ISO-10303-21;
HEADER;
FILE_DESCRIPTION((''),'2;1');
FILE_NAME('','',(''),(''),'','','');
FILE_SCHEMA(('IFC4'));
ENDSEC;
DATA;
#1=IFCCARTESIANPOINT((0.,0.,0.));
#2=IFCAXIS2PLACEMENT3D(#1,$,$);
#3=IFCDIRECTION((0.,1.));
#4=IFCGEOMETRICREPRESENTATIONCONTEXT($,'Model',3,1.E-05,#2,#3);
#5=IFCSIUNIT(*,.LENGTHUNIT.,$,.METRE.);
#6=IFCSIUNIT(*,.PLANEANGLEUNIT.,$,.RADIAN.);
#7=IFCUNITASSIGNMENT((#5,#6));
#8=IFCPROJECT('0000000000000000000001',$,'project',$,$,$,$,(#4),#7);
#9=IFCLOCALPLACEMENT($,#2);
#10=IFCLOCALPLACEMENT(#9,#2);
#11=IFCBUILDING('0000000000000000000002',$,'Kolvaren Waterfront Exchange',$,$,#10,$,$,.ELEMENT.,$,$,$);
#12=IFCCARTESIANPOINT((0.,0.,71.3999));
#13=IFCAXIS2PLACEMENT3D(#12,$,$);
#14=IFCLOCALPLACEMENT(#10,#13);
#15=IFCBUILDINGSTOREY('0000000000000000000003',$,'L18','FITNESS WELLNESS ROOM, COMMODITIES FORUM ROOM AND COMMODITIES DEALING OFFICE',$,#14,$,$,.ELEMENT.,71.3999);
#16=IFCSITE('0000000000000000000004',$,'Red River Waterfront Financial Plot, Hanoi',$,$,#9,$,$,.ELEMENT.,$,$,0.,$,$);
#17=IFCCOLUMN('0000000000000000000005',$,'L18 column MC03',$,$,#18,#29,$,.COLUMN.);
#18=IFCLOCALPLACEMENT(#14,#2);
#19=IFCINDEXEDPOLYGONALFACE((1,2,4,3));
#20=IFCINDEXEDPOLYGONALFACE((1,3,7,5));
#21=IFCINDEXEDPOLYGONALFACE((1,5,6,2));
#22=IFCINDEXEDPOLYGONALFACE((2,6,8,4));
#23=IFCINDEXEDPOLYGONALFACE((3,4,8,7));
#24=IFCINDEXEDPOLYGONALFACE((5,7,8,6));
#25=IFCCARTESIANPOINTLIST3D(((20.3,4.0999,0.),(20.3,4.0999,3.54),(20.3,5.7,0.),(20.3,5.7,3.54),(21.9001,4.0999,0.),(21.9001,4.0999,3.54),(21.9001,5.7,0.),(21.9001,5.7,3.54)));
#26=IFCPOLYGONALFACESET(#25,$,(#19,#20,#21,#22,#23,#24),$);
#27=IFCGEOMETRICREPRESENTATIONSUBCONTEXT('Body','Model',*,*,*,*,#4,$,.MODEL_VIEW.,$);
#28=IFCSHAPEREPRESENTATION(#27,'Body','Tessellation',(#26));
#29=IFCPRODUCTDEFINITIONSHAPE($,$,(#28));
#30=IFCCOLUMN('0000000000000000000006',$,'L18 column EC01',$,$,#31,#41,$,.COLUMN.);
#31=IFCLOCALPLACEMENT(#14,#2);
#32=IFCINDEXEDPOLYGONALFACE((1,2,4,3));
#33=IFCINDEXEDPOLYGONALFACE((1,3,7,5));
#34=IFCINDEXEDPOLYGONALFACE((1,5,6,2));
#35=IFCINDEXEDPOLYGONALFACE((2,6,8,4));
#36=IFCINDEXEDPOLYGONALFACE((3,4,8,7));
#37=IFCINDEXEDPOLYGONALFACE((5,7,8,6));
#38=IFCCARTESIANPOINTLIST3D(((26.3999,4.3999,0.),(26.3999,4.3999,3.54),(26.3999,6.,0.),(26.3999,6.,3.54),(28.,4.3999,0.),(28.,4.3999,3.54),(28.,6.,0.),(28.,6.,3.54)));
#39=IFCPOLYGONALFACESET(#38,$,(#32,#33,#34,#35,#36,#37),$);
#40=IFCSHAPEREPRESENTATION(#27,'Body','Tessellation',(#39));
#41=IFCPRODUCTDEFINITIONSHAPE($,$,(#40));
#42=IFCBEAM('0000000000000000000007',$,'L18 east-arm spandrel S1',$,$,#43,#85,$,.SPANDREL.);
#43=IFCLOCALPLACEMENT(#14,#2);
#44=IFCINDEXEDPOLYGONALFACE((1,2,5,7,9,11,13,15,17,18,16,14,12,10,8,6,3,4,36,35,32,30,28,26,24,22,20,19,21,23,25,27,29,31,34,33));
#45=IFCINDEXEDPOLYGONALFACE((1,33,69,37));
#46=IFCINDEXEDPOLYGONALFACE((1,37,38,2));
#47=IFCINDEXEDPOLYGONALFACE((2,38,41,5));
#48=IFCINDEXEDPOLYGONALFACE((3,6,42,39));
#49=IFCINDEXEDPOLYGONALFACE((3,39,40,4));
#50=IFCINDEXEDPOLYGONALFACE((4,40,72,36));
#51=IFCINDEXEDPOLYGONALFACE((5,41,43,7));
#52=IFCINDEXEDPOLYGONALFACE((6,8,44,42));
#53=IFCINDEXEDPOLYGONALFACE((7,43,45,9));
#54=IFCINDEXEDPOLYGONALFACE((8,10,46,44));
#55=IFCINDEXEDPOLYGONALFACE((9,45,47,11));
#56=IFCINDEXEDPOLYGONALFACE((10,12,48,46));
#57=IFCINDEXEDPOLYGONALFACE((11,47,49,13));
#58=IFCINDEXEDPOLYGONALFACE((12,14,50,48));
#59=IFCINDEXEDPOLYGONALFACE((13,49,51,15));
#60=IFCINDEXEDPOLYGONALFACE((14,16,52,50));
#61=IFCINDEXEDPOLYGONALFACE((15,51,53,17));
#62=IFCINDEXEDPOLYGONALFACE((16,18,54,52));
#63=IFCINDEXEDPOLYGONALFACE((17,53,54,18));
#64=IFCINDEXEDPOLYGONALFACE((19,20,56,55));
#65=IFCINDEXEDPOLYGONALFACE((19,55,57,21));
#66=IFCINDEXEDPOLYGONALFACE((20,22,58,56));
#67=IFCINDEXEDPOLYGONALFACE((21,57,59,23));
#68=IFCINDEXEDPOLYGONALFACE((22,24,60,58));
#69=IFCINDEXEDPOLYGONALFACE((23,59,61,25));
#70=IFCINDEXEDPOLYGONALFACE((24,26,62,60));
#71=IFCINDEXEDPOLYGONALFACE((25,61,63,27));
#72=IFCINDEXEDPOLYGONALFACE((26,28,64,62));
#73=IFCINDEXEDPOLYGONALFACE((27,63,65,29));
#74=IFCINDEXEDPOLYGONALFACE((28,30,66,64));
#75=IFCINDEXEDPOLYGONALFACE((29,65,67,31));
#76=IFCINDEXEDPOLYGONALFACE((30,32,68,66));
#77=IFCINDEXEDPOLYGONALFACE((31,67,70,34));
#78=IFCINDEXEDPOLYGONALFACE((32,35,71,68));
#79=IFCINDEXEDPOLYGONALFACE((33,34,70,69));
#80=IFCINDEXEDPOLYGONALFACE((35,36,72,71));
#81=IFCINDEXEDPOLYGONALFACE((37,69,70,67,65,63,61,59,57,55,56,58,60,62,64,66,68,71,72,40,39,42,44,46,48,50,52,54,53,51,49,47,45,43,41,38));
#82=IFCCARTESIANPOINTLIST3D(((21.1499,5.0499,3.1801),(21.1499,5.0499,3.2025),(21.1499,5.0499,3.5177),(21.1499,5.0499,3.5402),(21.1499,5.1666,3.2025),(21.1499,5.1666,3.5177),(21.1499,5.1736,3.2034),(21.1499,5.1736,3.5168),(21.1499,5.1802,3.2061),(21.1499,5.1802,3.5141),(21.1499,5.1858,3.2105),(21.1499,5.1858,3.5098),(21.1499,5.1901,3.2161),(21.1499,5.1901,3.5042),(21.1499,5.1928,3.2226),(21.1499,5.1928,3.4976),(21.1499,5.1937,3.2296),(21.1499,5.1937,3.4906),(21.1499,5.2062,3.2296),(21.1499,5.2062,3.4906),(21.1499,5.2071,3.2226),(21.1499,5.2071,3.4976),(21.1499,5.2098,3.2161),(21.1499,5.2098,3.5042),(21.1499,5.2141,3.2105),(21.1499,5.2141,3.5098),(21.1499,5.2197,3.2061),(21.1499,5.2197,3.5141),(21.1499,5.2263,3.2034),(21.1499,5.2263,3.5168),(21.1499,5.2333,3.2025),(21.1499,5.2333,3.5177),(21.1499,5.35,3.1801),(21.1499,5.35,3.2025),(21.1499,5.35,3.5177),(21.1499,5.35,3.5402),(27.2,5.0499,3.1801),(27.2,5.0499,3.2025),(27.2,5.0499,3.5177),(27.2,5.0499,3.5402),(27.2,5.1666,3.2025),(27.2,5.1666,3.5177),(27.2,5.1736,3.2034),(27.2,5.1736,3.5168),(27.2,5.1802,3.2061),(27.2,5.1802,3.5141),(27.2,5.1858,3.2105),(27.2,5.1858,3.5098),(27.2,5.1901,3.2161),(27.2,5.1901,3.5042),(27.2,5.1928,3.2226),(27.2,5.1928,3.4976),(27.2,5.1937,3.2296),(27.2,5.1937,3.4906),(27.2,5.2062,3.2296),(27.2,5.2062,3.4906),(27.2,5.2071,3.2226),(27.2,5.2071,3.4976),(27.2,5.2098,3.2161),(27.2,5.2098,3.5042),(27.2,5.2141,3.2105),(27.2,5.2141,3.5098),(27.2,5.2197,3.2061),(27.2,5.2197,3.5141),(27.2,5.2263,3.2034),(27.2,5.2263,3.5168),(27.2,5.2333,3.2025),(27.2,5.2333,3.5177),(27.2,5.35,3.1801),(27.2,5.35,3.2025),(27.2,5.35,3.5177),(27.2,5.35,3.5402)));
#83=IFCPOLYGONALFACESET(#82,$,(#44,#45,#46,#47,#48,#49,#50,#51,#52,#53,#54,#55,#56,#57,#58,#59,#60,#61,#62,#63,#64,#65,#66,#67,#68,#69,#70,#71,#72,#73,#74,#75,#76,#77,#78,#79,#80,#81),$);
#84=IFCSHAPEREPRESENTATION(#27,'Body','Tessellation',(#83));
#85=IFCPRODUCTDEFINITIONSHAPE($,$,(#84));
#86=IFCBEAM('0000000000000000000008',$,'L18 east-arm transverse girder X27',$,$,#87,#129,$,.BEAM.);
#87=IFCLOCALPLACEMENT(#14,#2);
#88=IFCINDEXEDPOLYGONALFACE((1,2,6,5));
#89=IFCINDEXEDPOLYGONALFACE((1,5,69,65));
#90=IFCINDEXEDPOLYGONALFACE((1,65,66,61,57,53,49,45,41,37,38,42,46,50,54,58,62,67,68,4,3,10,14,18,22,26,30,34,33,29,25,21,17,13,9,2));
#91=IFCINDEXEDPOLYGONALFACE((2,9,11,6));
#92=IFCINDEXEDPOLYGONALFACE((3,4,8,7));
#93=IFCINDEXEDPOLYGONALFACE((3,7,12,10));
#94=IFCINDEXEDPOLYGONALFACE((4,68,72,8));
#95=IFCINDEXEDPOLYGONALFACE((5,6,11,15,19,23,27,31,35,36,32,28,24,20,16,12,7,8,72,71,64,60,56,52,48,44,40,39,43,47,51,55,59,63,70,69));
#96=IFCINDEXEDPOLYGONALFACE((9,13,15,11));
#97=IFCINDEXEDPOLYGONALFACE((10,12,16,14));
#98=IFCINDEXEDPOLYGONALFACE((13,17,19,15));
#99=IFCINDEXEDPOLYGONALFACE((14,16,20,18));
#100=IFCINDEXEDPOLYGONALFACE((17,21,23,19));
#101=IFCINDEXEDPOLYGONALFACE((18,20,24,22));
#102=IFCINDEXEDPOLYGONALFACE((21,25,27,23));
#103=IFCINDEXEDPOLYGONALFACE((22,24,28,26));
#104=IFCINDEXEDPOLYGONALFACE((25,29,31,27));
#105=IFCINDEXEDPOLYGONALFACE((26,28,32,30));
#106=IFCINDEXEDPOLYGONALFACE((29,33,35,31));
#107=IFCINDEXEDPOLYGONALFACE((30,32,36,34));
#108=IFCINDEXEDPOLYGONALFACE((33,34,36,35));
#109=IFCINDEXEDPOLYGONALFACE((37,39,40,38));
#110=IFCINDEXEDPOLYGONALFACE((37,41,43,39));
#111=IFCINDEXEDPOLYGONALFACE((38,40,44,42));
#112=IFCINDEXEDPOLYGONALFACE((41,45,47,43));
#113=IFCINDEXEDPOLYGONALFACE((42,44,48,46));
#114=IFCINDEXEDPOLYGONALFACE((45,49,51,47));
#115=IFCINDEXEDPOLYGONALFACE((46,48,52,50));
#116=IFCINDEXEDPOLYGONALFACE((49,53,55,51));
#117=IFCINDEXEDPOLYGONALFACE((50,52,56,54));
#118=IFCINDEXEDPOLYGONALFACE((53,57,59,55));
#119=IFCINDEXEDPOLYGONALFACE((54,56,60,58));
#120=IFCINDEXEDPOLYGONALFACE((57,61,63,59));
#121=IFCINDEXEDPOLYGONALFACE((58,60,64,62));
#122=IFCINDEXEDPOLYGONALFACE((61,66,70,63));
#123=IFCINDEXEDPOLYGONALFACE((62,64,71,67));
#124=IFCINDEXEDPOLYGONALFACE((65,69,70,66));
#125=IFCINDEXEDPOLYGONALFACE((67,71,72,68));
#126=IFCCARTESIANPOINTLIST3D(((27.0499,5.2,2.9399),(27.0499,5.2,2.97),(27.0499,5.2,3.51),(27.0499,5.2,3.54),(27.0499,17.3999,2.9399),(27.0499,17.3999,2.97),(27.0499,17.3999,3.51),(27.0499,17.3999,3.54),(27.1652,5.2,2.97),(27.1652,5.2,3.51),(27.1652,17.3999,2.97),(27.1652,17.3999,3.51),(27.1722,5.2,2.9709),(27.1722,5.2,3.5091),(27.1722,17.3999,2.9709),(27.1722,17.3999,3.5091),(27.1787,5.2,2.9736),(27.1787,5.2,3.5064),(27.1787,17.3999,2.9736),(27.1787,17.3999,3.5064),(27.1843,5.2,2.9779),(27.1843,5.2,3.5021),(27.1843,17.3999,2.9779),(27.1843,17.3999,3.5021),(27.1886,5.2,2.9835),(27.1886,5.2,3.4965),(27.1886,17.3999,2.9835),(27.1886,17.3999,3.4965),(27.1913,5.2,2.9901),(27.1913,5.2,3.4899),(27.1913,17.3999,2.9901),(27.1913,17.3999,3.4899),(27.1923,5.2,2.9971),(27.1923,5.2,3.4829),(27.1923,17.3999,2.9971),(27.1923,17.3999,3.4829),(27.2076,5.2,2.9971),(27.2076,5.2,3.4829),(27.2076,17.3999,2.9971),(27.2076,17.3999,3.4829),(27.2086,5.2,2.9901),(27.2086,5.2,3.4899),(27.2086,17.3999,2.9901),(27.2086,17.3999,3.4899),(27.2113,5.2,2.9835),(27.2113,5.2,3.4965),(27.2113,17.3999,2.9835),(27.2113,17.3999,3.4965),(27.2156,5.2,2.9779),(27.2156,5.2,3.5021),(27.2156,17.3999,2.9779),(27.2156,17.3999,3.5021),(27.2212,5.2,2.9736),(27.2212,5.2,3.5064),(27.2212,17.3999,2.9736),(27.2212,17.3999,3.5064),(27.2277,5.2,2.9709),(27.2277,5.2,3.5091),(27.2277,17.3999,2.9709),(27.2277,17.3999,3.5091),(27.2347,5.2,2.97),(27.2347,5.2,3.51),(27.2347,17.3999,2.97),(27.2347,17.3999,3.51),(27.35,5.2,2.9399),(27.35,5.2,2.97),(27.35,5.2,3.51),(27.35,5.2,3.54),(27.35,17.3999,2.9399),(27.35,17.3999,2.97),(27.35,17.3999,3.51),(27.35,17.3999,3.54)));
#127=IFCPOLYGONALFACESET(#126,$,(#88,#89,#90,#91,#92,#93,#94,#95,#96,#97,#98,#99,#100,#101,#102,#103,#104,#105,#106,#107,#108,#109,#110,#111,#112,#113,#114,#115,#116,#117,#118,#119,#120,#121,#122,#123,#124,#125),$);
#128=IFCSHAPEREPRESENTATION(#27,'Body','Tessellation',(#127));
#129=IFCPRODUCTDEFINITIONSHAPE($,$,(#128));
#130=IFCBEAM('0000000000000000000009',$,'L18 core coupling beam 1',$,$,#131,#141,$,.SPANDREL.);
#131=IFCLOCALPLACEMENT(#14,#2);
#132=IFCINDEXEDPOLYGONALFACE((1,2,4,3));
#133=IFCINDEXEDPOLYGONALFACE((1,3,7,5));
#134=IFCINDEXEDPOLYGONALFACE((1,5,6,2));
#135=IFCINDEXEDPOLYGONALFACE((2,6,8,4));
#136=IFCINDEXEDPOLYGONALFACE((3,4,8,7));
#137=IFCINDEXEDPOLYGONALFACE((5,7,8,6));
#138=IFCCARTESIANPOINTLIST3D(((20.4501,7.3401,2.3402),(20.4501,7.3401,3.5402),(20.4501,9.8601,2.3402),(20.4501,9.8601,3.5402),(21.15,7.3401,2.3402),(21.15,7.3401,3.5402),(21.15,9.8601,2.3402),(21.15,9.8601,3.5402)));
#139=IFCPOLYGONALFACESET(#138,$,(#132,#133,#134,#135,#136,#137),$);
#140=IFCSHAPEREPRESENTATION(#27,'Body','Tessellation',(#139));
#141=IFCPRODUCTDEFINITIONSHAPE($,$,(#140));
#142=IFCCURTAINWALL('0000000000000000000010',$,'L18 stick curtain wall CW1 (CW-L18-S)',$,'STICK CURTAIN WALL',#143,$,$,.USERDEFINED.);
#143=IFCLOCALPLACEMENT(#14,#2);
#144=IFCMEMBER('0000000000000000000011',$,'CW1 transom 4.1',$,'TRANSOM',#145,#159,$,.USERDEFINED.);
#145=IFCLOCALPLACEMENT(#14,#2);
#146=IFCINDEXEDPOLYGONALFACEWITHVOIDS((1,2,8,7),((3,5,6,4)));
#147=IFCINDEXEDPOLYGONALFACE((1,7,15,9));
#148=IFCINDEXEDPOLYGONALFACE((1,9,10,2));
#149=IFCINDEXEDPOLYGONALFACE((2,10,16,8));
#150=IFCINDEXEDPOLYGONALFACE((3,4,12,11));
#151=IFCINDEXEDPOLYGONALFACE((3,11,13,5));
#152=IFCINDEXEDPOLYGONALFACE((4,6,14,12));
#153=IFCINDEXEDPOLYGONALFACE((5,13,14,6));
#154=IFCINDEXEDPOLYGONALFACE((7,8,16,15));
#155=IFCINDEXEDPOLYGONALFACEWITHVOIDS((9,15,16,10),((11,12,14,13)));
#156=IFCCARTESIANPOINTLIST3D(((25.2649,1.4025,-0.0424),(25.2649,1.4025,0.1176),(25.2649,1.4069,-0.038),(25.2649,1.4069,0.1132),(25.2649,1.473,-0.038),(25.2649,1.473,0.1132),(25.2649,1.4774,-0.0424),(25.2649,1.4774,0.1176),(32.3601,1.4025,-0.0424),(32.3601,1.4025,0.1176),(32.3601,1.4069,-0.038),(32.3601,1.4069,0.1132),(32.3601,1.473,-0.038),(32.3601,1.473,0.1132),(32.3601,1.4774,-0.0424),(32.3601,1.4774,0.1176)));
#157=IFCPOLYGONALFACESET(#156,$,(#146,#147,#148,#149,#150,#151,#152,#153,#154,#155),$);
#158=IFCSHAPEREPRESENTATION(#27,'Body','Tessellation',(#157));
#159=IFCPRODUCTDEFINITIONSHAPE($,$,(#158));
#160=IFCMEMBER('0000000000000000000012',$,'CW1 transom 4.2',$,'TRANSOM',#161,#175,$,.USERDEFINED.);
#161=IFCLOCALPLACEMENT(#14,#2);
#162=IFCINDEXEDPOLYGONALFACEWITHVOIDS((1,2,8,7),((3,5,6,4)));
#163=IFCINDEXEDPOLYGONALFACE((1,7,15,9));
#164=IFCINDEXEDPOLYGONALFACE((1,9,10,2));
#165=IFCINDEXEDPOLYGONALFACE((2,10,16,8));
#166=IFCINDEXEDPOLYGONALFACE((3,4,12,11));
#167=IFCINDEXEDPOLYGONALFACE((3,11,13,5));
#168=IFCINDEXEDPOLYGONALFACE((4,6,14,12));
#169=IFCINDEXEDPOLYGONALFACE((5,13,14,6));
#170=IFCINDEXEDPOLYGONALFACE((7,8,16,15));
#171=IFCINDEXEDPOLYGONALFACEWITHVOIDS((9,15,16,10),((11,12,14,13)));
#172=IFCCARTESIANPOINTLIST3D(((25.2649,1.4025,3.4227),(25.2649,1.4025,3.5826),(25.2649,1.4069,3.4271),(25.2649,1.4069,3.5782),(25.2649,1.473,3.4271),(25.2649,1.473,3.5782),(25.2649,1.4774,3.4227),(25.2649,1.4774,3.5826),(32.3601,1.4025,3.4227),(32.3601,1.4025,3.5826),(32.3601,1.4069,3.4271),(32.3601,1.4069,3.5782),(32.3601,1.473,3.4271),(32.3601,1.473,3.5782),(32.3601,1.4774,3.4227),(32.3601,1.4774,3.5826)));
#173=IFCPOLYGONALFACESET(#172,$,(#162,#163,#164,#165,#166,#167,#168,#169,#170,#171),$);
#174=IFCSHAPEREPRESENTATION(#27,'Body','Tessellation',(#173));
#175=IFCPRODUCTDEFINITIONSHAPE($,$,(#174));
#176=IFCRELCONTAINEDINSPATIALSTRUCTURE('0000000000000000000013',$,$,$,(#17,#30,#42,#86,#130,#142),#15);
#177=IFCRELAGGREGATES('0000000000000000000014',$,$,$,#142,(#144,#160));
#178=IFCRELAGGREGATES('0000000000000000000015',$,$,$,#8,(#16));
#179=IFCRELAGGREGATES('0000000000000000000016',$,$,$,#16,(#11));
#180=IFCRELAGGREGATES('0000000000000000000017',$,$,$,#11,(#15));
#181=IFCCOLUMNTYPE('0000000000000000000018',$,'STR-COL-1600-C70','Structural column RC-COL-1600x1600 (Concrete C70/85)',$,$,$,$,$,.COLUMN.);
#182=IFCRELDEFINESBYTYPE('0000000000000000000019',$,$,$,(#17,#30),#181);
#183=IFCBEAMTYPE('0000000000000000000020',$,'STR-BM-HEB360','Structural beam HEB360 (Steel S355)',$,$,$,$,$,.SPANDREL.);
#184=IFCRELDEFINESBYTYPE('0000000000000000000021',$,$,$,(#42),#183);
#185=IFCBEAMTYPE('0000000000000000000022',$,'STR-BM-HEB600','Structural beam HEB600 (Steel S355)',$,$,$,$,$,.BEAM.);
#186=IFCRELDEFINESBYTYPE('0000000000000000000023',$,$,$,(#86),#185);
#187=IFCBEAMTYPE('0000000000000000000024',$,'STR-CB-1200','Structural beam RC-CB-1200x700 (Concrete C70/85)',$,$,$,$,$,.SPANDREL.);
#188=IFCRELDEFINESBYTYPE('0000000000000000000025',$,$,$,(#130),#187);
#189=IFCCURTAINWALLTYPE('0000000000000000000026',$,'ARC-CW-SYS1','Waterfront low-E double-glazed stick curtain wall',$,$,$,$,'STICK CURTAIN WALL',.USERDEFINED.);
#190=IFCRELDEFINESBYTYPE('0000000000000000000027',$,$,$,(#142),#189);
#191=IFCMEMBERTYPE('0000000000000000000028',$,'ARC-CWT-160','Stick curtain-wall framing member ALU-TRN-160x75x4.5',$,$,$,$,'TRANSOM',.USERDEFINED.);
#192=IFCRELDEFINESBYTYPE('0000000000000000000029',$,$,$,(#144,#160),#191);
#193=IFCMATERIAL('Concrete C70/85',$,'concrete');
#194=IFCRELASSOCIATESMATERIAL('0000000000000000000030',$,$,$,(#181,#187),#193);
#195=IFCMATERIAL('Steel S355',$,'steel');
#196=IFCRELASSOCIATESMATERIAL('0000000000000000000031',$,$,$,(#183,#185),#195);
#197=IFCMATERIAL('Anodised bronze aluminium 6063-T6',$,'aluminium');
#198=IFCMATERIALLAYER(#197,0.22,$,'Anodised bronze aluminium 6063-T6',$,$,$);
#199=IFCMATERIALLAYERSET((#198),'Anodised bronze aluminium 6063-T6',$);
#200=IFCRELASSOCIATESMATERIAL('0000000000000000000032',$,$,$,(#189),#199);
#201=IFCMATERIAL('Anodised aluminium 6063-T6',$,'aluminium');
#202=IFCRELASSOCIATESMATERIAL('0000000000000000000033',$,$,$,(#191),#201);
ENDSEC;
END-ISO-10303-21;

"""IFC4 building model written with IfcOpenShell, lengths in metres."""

from ifc_helpers import new_model, si_unit, direction, frame, origin, origin_with_axes, origin_2d, place, context, subcontext, project, spatial, rectangle, hollow_rectangle, i_section, extrude, source, transform, mapped, material, layer, layer_set, material_profile, profile_set, type_object, element, aggregate, save


model = new_model("IFC4")

# Units and contexts
model_context = context("Model", 3, precision=1e-05, world=origin(), true_north=direction((0.0, 1.0)))
body_context = subcontext(model_context, "Body", "Model", "MODEL_VIEW")
ifc_project = project(units=[si_unit("LENGTHUNIT", "METRE"), si_unit("PLANEANGLEUNIT", "RADIAN")], contexts=[model_context])

# Site, building, storey
site_placement = place(None, origin())
site = spatial("IfcSite", under=ifc_project, at=site_placement, Name="Red River Waterfront Financial Plot, Hanoi", CompositionType="ELEMENT", RefElevation=0.0)
building_placement = place(site_placement, origin())
building = spatial("IfcBuilding", under=site, at=building_placement, Name="Kolvaren Waterfront Exchange", CompositionType="ELEMENT")
storey_placement = place(building_placement, frame((0.0, 0.0, 71.3999)))
storey = spatial("IfcBuildingStorey", under=building, at=storey_placement, Name="L18", Description="FITNESS WELLNESS ROOM, COMMODITIES FORUM ROOM AND COMMODITIES DEALING OFFICE", CompositionType="ELEMENT", Elevation=71.3999)

# Columns
ifc_material_1 = material(Name="Concrete C70/85", Category="concrete")
ifc_material_profile_1 = material_profile(ifc_material_1, rectangle(XDim=1.6001, YDim=1.6001, at=origin_2d()), Name="RC-COL-1600x1600")
ifc_profile_set_1 = profile_set([ifc_material_profile_1], Name="Concrete C70/85")
column_type = type_object("IfcColumnType", Name="STR-COL-1600-C70", Description="Structural column RC-COL-1600x1600 (Concrete C70/85)", PredefinedType="COLUMN", material=ifc_profile_set_1)
for number, where, z_axis, x_axis, name in (
    (1, (21.1001, 4.8999, 0.0), (0.0, 0.0, 1.0), (1.0, 0.0, 0.0), "L18 column MC03"),
    (2, (27.2, 5.2, 0.0), (0.0, 0.0, 1.0), (1.0, 0.0, 0.0), "L18 column EC01"),
):
    element("IfcColumn", number, at=place(storey_placement, frame(where, z_axis=z_axis, x_axis=x_axis)), inside=storey, type_object=column_type, Name=name, PredefinedType="COLUMN", context=body_context, shape_type="SweptSolid", body=[
        extrude(rectangle(XDim=1.6001, YDim=1.6001, at=origin_2d()), origin(), (0.0, 0.0, 1.0), 3.54),
    ])

# Beams
ifc_material_2 = material(Name="Steel S355", Category="steel")
ifc_material_profile_2 = material_profile(ifc_material_2, i_section(OverallWidth=0.3, OverallDepth=0.3601, WebThickness=0.0125, FlangeThickness=0.0225, FilletRadius=0.0271, at=origin_2d()), Name="HEB360")
ifc_profile_set_2 = profile_set([ifc_material_profile_2], Name="Steel S355")
beam_type_1 = type_object("IfcBeamType", Name="STR-BM-HEB360", Description="Structural beam HEB360 (Steel S355)", PredefinedType="SPANDREL", material=ifc_profile_set_2)
beam_1_placement = place(storey_placement, frame((21.1499, 5.2, 3.3601), z_axis=(1.0, 0.0, 0.0), x_axis=(0.0, 1.0, 0.0)))
element("IfcBeam", 3, at=beam_1_placement, inside=storey, type_object=beam_type_1, Name="L18 east-arm spandrel S1", PredefinedType="SPANDREL", context=body_context, shape_type="SweptSolid", body=[
    extrude(i_section(OverallWidth=0.3, OverallDepth=0.3601, WebThickness=0.0125, FlangeThickness=0.0225, FilletRadius=0.0271, at=origin_2d()), origin(), (0.0, 0.0, 1.0), 6.05),
])
ifc_material_profile_3 = material_profile(ifc_material_2, i_section(OverallWidth=0.3, OverallDepth=0.6001, WebThickness=0.0154, FlangeThickness=0.03, FilletRadius=0.0271, at=origin_2d()), Name="HEB600")
ifc_profile_set_3 = profile_set([ifc_material_profile_3], Name="Steel S355")
beam_type_2 = type_object("IfcBeamType", Name="STR-BM-HEB600", Description="Structural beam HEB600 (Steel S355)", PredefinedType="BEAM", material=ifc_profile_set_3)
beam_2_placement = place(storey_placement, frame((27.2, 5.2, 3.24), z_axis=(0.0, 1.0, 0.0), x_axis=(-1.0, 0.0, 0.0)))
element("IfcBeam", 4, at=beam_2_placement, inside=storey, type_object=beam_type_2, Name="L18 east-arm transverse girder X27", PredefinedType="BEAM", context=body_context, shape_type="SweptSolid", body=[
    extrude(i_section(OverallWidth=0.3, OverallDepth=0.6001, WebThickness=0.0154, FlangeThickness=0.03, FilletRadius=0.0271, at=origin_2d()), origin(), (0.0, 0.0, 1.0), 12.2),
])
ifc_material_profile_4 = material_profile(ifc_material_1, rectangle(XDim=0.7, YDim=1.2, at=origin_2d()), Name="RC-CB-1200x700")
ifc_profile_set_4 = profile_set([ifc_material_profile_4], Name="Concrete C70/85")
beam_type_3 = type_object("IfcBeamType", Name="STR-CB-1200", Description="Structural beam RC-CB-1200x700 (Concrete C70/85)", PredefinedType="SPANDREL", material=ifc_profile_set_4)
beam_3_placement = place(storey_placement, frame((20.8, 7.3401, 2.9402), z_axis=(0.0, 1.0, 0.0), x_axis=(-1.0, 0.0, 0.0)))
element("IfcBeam", 5, at=beam_3_placement, inside=storey, type_object=beam_type_3, Name="L18 core coupling beam 1", PredefinedType="SPANDREL", context=body_context, shape_type="SweptSolid", body=[
    extrude(rectangle(XDim=0.7, YDim=1.2, at=origin_2d()), origin(), (0.0, 0.0, 1.0), 2.52),
])

# Curtain wall, members
ifc_material_3 = material(Name="Anodised bronze aluminium 6063-T6", Category="aluminium")
ifc_layer_1 = layer(ifc_material_3, 0.22, Name="Anodised bronze aluminium 6063-T6")
ifc_layer_set_1 = layer_set([ifc_layer_1], Name="Anodised bronze aluminium 6063-T6")
curtain_wall_type = type_object("IfcCurtainWallType", Name="ARC-CW-SYS1", Description="Waterfront low-E double-glazed stick curtain wall", ElementType="STICK CURTAIN WALL", PredefinedType="USERDEFINED", material=ifc_layer_set_1)
curtain_wall_placement = place(storey_placement, origin())
curtain_wall = element("IfcCurtainWall", 6, at=curtain_wall_placement, inside=storey, type_object=curtain_wall_type, Name="L18 stick curtain wall CW1 (CW-L18-S)", ObjectType="STICK CURTAIN WALL", PredefinedType="USERDEFINED")
ifc_material_4 = material(Name="Anodised aluminium 6063-T6", Category="aluminium")
ifc_material_profile_5 = material_profile(ifc_material_4, hollow_rectangle(XDim=0.075, YDim=0.1599, WallThickness=0.0044, at=origin_2d()), Name="ALU-TRN-160x75x4.5")
ifc_profile_set_5 = profile_set([ifc_material_profile_5], Name="Anodised aluminium 6063-T6")
member_type_1 = type_object("IfcMemberType", Name="ARC-CWT-160", Description="Stick curtain-wall framing member ALU-TRN-160x75x4.5", ElementType="TRANSOM", PredefinedType="USERDEFINED", material=ifc_profile_set_5)
shared_shape_1 = source(origin_with_axes(), body_context, "Body", "SweptSolid", [
    extrude(hollow_rectangle(XDim=0.075, YDim=0.1599, WallThickness=0.0044, at=origin_2d()), origin(), (0.0, 0.0, 1.0), 7.0952),
])
member_1_placement = place(storey_placement, frame((25.2649, 1.4399, 0.0376), z_axis=(1.0, 0.0, 0.0), x_axis=(0.0, 1.0, 0.0)))
member_1 = element("IfcMember", 7, at=member_1_placement, type_object=member_type_1, Name="CW1 transom 4.1", ObjectType="TRANSOM", PredefinedType="USERDEFINED", context=body_context, shape_type="MappedRepresentation", body=[
    mapped(shared_shape_1, transform((0.0, 0.0, 0.0), x_axis=(1.0, 0.0, 0.0), y_axis=(0.0, 1.0, 0.0), z_axis=(0.0, 0.0, 1.0), scale=1.0)),
])
member_2_placement = place(storey_placement, frame((25.2649, 1.4399, 3.5027), z_axis=(1.0, 0.0, 0.0), x_axis=(0.0, 1.0, 0.0)))
member_2 = element("IfcMember", 8, at=member_2_placement, type_object=member_type_1, Name="CW1 transom 4.2", ObjectType="TRANSOM", PredefinedType="USERDEFINED", context=body_context, shape_type="MappedRepresentation", body=[
    mapped(shared_shape_1, transform((0.0, 0.0, 0.0), x_axis=(1.0, 0.0, 0.0), y_axis=(0.0, 1.0, 0.0), z_axis=(0.0, 0.0, 1.0), scale=1.0)),
])
aggregate(curtain_wall, [member_1, member_2])

save(model, "model.ifc")
